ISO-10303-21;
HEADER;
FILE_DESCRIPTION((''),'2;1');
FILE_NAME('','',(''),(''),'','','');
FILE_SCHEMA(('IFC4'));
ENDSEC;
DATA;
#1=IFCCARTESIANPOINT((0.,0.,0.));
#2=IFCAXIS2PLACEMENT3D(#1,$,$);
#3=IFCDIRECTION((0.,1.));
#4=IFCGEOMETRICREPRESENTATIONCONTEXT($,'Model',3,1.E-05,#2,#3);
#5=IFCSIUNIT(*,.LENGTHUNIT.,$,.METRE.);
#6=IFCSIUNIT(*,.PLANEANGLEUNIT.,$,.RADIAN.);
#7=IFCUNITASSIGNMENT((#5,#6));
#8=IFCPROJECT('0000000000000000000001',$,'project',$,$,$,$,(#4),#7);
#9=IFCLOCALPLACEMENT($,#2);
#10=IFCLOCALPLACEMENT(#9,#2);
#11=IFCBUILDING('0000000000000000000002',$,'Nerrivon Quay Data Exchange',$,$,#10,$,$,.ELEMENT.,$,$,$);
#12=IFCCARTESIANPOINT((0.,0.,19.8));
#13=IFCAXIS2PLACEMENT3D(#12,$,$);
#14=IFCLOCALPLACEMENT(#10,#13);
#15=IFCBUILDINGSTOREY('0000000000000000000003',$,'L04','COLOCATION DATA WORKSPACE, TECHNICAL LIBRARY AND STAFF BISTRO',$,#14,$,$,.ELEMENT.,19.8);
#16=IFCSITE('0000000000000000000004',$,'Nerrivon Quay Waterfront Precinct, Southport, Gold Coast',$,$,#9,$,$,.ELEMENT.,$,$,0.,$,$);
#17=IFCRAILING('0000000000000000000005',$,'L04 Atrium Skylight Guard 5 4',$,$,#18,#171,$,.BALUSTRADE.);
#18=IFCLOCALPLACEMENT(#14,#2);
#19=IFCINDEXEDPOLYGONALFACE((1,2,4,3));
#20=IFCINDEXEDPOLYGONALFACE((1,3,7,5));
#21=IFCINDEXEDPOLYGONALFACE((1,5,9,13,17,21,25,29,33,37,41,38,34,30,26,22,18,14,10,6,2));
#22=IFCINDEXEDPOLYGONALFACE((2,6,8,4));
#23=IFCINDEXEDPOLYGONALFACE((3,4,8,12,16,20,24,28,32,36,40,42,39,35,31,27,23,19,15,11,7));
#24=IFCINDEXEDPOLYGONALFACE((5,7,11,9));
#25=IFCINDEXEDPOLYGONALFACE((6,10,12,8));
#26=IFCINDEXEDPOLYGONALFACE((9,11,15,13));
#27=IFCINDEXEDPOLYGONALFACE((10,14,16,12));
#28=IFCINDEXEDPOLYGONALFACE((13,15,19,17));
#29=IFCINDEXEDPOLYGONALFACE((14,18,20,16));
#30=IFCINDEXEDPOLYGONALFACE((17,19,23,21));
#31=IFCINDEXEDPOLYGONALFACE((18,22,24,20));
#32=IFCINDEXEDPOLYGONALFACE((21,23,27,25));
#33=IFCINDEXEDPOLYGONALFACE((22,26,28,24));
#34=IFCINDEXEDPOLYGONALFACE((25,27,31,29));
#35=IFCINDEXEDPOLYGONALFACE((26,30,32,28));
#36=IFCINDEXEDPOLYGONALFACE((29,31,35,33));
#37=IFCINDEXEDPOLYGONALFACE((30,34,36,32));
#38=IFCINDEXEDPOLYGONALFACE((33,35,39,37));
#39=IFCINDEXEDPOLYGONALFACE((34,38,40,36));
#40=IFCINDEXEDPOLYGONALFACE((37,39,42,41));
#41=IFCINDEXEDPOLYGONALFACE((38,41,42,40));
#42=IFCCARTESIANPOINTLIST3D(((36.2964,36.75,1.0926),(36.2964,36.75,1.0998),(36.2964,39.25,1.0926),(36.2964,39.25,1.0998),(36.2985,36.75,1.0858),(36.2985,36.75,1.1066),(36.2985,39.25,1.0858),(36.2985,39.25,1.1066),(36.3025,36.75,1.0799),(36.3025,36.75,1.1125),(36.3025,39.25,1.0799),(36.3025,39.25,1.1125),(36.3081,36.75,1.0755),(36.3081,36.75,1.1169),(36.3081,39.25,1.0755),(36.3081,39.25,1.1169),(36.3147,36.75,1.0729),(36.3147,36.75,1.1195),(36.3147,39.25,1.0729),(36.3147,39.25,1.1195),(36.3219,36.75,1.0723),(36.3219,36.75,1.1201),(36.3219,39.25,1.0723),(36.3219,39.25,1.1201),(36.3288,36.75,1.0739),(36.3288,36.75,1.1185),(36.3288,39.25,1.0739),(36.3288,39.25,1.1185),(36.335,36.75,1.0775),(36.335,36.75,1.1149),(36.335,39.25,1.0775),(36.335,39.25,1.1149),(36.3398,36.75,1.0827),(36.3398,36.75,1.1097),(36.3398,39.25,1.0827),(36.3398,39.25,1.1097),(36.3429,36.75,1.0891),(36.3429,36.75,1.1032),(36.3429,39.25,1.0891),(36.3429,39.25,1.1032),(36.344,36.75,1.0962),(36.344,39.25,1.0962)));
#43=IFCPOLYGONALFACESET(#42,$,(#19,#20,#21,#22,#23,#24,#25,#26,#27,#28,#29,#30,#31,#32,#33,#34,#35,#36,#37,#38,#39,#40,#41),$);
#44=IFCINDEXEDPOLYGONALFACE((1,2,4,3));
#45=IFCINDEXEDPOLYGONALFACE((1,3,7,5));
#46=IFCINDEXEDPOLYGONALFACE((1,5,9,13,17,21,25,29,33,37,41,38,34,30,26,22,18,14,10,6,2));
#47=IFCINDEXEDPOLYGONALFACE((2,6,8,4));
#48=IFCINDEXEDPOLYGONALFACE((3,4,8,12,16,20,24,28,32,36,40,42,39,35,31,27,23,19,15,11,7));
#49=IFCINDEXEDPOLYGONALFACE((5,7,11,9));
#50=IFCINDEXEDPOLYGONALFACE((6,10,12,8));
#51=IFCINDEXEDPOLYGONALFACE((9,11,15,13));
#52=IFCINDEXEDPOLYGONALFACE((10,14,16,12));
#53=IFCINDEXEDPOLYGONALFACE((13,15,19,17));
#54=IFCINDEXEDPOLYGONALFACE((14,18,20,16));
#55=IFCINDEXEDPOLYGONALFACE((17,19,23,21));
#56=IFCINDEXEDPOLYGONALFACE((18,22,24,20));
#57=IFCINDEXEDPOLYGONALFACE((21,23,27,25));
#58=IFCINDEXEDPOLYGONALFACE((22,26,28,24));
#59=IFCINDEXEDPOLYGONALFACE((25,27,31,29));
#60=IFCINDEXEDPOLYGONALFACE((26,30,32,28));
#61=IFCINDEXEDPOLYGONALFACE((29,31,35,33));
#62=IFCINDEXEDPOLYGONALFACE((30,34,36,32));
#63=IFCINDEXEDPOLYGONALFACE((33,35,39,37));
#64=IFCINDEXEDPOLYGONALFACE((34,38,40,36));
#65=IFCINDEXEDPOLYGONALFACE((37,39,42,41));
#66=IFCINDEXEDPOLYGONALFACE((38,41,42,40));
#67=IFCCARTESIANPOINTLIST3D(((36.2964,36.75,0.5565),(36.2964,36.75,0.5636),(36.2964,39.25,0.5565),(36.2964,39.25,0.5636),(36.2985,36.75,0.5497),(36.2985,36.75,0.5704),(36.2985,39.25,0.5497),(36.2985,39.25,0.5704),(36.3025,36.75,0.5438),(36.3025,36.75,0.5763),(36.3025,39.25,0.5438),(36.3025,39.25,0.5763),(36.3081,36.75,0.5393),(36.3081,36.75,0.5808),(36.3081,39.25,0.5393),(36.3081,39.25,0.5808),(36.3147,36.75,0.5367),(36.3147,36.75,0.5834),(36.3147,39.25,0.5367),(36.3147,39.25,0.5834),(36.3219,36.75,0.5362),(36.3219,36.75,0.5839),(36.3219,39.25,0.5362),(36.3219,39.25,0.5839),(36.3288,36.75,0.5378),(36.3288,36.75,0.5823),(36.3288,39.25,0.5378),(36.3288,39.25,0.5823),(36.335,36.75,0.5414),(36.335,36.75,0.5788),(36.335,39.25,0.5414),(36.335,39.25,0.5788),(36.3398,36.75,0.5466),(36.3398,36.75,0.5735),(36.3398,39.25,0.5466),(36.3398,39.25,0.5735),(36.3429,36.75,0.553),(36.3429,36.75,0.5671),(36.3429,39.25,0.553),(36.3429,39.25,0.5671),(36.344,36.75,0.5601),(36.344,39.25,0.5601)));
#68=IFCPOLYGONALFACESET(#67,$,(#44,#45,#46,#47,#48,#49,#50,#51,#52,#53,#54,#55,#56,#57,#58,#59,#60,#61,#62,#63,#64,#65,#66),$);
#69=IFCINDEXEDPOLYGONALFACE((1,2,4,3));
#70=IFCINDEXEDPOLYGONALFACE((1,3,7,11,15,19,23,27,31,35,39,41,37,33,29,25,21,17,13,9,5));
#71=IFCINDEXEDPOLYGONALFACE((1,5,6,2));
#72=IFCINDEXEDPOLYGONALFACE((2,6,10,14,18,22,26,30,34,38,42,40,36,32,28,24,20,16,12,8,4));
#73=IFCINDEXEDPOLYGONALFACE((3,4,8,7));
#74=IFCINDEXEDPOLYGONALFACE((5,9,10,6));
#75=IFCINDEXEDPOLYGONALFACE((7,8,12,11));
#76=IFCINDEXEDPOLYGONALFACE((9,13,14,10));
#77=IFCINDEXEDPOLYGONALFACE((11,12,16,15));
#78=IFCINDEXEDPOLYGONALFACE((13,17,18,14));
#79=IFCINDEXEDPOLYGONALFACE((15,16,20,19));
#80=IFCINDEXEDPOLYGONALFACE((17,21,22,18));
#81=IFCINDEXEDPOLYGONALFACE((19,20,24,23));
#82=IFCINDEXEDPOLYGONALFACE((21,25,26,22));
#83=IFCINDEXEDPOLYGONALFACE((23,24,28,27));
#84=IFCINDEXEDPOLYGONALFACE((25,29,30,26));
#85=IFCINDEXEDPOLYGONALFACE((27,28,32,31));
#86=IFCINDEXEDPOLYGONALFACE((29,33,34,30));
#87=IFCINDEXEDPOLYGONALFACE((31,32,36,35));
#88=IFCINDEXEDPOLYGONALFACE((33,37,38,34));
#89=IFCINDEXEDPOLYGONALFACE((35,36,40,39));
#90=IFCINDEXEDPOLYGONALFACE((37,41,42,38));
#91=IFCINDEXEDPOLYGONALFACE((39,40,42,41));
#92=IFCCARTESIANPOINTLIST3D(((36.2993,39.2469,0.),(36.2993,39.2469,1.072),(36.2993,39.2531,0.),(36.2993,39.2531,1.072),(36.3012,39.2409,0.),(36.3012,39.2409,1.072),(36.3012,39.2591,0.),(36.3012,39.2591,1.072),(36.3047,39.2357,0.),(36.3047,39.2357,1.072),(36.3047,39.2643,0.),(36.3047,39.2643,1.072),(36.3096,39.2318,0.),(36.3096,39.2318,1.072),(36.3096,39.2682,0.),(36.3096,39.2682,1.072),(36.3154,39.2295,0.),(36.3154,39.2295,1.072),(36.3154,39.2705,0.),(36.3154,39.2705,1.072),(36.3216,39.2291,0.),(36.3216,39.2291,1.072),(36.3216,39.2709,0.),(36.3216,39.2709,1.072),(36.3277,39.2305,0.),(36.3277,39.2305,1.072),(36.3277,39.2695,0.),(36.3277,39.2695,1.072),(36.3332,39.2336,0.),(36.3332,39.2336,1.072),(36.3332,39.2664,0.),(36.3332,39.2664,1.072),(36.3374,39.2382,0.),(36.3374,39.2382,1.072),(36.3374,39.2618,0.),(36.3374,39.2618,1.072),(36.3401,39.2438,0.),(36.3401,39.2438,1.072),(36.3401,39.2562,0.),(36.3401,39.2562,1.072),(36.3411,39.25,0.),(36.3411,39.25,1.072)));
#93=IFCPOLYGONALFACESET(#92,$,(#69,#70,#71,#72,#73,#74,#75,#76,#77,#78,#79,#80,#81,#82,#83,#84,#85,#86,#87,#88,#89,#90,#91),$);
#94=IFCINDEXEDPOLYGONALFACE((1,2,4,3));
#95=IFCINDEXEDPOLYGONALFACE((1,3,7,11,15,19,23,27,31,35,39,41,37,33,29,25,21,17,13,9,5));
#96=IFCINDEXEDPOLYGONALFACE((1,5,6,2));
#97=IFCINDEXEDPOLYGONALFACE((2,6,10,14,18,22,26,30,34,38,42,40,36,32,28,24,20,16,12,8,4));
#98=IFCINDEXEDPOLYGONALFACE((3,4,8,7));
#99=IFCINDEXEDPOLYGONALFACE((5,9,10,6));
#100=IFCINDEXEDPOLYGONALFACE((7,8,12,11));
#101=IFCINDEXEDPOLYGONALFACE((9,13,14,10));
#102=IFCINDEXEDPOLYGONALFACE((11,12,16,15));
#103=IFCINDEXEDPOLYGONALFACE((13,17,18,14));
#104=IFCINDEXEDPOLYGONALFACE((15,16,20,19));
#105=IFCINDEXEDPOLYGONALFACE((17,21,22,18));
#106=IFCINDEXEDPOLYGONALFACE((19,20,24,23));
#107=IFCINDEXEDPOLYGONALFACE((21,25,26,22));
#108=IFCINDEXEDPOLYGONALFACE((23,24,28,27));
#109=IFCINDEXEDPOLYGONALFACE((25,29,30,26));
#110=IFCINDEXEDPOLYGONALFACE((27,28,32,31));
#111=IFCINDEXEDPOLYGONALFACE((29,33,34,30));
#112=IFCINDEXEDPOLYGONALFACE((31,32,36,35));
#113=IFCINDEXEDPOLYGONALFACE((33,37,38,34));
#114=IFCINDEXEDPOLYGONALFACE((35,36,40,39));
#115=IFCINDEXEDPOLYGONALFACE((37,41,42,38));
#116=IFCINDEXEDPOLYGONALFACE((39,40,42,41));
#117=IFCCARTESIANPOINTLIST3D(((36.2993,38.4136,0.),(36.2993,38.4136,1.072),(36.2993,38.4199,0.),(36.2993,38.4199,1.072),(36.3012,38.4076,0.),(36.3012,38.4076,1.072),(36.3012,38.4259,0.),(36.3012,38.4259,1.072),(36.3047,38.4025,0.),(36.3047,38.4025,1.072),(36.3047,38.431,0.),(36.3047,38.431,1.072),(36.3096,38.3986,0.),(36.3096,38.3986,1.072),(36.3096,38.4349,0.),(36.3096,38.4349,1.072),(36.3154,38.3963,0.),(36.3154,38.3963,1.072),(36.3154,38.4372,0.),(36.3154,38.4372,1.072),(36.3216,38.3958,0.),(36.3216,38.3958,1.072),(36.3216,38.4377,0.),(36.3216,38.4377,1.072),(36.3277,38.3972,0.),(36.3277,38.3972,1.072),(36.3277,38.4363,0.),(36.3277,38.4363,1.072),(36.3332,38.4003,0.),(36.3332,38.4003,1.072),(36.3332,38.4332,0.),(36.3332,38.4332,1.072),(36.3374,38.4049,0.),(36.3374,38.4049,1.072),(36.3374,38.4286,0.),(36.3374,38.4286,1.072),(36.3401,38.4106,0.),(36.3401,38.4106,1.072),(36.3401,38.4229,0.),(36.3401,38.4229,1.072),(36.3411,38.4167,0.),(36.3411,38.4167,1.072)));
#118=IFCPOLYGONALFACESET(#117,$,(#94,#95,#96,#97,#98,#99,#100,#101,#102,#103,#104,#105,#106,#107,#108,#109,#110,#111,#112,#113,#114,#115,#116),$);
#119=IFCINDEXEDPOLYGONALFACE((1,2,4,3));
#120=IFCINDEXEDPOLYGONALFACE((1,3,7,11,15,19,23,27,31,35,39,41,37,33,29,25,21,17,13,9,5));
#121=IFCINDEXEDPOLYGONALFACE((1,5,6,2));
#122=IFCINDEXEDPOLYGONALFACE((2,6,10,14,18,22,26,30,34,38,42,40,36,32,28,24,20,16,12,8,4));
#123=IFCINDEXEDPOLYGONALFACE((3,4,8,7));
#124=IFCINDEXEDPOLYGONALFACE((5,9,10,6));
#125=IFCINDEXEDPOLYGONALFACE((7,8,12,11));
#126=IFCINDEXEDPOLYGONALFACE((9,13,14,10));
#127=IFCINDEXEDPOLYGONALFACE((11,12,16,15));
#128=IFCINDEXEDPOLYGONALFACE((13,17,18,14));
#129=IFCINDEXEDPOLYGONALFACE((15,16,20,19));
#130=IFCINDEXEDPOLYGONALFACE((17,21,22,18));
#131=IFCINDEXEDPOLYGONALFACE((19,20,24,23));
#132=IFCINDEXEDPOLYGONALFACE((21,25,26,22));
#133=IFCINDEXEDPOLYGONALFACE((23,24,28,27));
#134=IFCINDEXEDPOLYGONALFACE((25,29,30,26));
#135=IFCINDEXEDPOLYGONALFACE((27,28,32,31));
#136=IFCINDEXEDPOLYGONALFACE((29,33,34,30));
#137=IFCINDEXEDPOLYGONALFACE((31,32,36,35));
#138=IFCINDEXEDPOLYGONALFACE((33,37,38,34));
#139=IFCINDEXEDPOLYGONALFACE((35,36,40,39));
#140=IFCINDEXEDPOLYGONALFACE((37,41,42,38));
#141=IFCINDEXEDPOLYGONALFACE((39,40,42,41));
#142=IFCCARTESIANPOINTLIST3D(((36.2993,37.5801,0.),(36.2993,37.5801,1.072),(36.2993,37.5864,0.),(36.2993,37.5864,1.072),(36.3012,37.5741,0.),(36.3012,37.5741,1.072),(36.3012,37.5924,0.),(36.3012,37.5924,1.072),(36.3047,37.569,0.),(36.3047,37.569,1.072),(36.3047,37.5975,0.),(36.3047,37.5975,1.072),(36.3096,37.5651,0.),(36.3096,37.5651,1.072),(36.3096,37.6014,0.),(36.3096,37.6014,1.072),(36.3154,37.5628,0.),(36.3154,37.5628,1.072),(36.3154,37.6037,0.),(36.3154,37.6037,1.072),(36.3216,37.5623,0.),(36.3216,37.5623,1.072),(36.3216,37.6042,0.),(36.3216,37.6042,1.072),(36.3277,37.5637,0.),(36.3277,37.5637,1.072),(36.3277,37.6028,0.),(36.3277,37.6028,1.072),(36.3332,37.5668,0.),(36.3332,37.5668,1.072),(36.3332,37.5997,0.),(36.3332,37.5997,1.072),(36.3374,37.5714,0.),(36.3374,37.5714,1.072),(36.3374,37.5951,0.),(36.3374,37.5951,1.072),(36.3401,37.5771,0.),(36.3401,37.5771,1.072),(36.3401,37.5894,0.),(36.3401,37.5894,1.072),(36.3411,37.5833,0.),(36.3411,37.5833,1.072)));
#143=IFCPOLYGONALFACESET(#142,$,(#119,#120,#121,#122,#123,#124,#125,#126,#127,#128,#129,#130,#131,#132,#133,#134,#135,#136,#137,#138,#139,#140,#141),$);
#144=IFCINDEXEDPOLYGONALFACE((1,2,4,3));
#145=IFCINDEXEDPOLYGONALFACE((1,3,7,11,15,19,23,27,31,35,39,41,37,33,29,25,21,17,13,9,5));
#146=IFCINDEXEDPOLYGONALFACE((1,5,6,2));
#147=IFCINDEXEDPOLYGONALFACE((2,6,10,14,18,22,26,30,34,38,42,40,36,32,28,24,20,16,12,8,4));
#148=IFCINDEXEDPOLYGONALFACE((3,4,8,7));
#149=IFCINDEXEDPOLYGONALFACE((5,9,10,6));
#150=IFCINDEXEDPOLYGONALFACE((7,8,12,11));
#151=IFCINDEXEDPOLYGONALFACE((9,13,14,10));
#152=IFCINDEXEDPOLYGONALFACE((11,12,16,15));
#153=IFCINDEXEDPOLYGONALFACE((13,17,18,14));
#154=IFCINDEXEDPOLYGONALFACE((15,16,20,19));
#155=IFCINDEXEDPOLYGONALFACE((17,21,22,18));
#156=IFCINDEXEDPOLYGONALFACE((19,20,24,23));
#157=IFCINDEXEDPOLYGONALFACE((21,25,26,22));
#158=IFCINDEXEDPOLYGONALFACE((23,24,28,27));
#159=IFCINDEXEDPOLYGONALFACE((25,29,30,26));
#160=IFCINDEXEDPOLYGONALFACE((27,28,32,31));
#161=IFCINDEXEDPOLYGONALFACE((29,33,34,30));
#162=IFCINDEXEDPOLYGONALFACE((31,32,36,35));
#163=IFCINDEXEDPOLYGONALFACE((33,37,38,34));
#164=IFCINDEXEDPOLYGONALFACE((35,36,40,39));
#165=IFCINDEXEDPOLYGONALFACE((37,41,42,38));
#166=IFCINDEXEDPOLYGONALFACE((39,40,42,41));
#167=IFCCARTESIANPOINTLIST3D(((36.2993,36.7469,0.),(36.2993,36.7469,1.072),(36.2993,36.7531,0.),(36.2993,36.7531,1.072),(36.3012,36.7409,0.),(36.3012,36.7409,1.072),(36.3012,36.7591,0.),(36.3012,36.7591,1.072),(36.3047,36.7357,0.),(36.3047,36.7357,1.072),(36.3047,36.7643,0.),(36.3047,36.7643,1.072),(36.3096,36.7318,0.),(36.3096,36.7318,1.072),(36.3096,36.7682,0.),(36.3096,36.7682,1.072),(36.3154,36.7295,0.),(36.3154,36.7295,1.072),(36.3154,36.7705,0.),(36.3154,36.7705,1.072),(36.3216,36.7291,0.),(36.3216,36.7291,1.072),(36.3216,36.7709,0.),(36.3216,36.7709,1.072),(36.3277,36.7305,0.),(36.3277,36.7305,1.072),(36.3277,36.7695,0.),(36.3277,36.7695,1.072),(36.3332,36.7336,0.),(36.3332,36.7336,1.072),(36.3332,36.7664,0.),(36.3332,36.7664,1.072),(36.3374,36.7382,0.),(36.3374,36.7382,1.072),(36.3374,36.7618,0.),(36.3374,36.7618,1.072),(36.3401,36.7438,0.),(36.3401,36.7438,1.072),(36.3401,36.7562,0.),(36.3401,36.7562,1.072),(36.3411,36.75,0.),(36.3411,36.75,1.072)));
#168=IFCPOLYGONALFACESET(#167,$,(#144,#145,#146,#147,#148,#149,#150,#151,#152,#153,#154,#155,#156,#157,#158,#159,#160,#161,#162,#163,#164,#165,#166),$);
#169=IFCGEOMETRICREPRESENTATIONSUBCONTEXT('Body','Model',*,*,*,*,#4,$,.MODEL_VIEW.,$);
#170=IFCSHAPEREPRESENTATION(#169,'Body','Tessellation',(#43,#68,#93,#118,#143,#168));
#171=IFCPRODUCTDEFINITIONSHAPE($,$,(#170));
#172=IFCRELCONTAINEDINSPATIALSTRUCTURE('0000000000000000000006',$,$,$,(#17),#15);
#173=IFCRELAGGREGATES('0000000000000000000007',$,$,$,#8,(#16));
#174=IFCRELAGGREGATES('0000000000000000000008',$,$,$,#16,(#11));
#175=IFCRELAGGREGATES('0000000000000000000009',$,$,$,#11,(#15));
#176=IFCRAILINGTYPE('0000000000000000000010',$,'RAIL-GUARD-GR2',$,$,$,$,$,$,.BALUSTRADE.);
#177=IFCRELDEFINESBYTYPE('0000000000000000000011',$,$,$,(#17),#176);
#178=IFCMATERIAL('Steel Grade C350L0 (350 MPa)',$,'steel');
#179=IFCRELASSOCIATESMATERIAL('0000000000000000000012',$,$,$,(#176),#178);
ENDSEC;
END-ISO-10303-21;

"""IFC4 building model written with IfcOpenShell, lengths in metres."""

from ifc_helpers import new_model, si_unit, direction, frame, origin, origin_2d, place, context, subcontext, project, spatial, circle, extrude, material, type_object, element, save


model = new_model("IFC4")

# Units and contexts
model_context = context("Model", 3, precision=1e-05, world=origin(), true_north=direction((0.0, 1.0)))
body_context = subcontext(model_context, "Body", "Model", "MODEL_VIEW")
ifc_project = project(units=[si_unit("LENGTHUNIT", "METRE"), si_unit("PLANEANGLEUNIT", "RADIAN")], contexts=[model_context])

# Site, building, storey
site_placement = place(None, origin())
site = spatial("IfcSite", under=ifc_project, at=site_placement, Name="Nerrivon Quay Waterfront Precinct, Southport, Gold Coast", CompositionType="ELEMENT", RefElevation=0.0)
building_placement = place(site_placement, origin())
building = spatial("IfcBuilding", under=site, at=building_placement, Name="Nerrivon Quay Data Exchange", CompositionType="ELEMENT")
storey_placement = place(building_placement, frame((0.0, 0.0, 19.8)))
storey = spatial("IfcBuildingStorey", under=building, at=storey_placement, Name="L04", Description="COLOCATION DATA WORKSPACE, TECHNICAL LIBRARY AND STAFF BISTRO", CompositionType="ELEMENT", Elevation=19.8)

# Railing
ifc_material_1 = material(Name="Steel Grade C350L0 (350 MPa)", Category="steel")
railing_type = type_object("IfcRailingType", Name="RAIL-GUARD-GR2", PredefinedType="BALUSTRADE", material=ifc_material_1)
railing_1_placement = place(storey_placement, frame((36.3201, 39.25, 0.0)))
element("IfcRailing", 1, at=railing_1_placement, inside=storey, type_object=railing_type, Name="L04 Atrium Skylight Guard 5 4", PredefinedType="BALUSTRADE", context=body_context, shape_type="SweptSolid", body=[
    extrude(circle(Radius=0.0239, at=origin_2d()), frame((0.0, 0.0, 1.0962), z_axis=(0.0, -1.0, 0.0), x_axis=(1.0, 0.0, 0.0)), (0.0, 0.0, 1.0), 2.5),
    extrude(circle(Radius=0.0239, at=origin_2d()), frame((0.0, 0.0, 0.5601), z_axis=(0.0, -1.0, 0.0), x_axis=(1.0, 0.0, 0.0)), (0.0, 0.0, 1.0), 2.5),
    extrude(circle(Radius=0.021, at=origin_2d()), origin(), (0.0, 0.0, 1.0), 1.072),
    extrude(circle(Radius=0.021, at=origin_2d()), frame((0.0, -0.8333, 0.0)), (0.0, 0.0, 1.0), 1.072),
    extrude(circle(Radius=0.021, at=origin_2d()), frame((0.0, -1.6667, 0.0)), (0.0, 0.0, 1.0), 1.072),
    extrude(circle(Radius=0.021, at=origin_2d()), frame((0.0, -2.5, 0.0)), (0.0, 0.0, 1.0), 1.072),
])

save(model, "model.ifc")
